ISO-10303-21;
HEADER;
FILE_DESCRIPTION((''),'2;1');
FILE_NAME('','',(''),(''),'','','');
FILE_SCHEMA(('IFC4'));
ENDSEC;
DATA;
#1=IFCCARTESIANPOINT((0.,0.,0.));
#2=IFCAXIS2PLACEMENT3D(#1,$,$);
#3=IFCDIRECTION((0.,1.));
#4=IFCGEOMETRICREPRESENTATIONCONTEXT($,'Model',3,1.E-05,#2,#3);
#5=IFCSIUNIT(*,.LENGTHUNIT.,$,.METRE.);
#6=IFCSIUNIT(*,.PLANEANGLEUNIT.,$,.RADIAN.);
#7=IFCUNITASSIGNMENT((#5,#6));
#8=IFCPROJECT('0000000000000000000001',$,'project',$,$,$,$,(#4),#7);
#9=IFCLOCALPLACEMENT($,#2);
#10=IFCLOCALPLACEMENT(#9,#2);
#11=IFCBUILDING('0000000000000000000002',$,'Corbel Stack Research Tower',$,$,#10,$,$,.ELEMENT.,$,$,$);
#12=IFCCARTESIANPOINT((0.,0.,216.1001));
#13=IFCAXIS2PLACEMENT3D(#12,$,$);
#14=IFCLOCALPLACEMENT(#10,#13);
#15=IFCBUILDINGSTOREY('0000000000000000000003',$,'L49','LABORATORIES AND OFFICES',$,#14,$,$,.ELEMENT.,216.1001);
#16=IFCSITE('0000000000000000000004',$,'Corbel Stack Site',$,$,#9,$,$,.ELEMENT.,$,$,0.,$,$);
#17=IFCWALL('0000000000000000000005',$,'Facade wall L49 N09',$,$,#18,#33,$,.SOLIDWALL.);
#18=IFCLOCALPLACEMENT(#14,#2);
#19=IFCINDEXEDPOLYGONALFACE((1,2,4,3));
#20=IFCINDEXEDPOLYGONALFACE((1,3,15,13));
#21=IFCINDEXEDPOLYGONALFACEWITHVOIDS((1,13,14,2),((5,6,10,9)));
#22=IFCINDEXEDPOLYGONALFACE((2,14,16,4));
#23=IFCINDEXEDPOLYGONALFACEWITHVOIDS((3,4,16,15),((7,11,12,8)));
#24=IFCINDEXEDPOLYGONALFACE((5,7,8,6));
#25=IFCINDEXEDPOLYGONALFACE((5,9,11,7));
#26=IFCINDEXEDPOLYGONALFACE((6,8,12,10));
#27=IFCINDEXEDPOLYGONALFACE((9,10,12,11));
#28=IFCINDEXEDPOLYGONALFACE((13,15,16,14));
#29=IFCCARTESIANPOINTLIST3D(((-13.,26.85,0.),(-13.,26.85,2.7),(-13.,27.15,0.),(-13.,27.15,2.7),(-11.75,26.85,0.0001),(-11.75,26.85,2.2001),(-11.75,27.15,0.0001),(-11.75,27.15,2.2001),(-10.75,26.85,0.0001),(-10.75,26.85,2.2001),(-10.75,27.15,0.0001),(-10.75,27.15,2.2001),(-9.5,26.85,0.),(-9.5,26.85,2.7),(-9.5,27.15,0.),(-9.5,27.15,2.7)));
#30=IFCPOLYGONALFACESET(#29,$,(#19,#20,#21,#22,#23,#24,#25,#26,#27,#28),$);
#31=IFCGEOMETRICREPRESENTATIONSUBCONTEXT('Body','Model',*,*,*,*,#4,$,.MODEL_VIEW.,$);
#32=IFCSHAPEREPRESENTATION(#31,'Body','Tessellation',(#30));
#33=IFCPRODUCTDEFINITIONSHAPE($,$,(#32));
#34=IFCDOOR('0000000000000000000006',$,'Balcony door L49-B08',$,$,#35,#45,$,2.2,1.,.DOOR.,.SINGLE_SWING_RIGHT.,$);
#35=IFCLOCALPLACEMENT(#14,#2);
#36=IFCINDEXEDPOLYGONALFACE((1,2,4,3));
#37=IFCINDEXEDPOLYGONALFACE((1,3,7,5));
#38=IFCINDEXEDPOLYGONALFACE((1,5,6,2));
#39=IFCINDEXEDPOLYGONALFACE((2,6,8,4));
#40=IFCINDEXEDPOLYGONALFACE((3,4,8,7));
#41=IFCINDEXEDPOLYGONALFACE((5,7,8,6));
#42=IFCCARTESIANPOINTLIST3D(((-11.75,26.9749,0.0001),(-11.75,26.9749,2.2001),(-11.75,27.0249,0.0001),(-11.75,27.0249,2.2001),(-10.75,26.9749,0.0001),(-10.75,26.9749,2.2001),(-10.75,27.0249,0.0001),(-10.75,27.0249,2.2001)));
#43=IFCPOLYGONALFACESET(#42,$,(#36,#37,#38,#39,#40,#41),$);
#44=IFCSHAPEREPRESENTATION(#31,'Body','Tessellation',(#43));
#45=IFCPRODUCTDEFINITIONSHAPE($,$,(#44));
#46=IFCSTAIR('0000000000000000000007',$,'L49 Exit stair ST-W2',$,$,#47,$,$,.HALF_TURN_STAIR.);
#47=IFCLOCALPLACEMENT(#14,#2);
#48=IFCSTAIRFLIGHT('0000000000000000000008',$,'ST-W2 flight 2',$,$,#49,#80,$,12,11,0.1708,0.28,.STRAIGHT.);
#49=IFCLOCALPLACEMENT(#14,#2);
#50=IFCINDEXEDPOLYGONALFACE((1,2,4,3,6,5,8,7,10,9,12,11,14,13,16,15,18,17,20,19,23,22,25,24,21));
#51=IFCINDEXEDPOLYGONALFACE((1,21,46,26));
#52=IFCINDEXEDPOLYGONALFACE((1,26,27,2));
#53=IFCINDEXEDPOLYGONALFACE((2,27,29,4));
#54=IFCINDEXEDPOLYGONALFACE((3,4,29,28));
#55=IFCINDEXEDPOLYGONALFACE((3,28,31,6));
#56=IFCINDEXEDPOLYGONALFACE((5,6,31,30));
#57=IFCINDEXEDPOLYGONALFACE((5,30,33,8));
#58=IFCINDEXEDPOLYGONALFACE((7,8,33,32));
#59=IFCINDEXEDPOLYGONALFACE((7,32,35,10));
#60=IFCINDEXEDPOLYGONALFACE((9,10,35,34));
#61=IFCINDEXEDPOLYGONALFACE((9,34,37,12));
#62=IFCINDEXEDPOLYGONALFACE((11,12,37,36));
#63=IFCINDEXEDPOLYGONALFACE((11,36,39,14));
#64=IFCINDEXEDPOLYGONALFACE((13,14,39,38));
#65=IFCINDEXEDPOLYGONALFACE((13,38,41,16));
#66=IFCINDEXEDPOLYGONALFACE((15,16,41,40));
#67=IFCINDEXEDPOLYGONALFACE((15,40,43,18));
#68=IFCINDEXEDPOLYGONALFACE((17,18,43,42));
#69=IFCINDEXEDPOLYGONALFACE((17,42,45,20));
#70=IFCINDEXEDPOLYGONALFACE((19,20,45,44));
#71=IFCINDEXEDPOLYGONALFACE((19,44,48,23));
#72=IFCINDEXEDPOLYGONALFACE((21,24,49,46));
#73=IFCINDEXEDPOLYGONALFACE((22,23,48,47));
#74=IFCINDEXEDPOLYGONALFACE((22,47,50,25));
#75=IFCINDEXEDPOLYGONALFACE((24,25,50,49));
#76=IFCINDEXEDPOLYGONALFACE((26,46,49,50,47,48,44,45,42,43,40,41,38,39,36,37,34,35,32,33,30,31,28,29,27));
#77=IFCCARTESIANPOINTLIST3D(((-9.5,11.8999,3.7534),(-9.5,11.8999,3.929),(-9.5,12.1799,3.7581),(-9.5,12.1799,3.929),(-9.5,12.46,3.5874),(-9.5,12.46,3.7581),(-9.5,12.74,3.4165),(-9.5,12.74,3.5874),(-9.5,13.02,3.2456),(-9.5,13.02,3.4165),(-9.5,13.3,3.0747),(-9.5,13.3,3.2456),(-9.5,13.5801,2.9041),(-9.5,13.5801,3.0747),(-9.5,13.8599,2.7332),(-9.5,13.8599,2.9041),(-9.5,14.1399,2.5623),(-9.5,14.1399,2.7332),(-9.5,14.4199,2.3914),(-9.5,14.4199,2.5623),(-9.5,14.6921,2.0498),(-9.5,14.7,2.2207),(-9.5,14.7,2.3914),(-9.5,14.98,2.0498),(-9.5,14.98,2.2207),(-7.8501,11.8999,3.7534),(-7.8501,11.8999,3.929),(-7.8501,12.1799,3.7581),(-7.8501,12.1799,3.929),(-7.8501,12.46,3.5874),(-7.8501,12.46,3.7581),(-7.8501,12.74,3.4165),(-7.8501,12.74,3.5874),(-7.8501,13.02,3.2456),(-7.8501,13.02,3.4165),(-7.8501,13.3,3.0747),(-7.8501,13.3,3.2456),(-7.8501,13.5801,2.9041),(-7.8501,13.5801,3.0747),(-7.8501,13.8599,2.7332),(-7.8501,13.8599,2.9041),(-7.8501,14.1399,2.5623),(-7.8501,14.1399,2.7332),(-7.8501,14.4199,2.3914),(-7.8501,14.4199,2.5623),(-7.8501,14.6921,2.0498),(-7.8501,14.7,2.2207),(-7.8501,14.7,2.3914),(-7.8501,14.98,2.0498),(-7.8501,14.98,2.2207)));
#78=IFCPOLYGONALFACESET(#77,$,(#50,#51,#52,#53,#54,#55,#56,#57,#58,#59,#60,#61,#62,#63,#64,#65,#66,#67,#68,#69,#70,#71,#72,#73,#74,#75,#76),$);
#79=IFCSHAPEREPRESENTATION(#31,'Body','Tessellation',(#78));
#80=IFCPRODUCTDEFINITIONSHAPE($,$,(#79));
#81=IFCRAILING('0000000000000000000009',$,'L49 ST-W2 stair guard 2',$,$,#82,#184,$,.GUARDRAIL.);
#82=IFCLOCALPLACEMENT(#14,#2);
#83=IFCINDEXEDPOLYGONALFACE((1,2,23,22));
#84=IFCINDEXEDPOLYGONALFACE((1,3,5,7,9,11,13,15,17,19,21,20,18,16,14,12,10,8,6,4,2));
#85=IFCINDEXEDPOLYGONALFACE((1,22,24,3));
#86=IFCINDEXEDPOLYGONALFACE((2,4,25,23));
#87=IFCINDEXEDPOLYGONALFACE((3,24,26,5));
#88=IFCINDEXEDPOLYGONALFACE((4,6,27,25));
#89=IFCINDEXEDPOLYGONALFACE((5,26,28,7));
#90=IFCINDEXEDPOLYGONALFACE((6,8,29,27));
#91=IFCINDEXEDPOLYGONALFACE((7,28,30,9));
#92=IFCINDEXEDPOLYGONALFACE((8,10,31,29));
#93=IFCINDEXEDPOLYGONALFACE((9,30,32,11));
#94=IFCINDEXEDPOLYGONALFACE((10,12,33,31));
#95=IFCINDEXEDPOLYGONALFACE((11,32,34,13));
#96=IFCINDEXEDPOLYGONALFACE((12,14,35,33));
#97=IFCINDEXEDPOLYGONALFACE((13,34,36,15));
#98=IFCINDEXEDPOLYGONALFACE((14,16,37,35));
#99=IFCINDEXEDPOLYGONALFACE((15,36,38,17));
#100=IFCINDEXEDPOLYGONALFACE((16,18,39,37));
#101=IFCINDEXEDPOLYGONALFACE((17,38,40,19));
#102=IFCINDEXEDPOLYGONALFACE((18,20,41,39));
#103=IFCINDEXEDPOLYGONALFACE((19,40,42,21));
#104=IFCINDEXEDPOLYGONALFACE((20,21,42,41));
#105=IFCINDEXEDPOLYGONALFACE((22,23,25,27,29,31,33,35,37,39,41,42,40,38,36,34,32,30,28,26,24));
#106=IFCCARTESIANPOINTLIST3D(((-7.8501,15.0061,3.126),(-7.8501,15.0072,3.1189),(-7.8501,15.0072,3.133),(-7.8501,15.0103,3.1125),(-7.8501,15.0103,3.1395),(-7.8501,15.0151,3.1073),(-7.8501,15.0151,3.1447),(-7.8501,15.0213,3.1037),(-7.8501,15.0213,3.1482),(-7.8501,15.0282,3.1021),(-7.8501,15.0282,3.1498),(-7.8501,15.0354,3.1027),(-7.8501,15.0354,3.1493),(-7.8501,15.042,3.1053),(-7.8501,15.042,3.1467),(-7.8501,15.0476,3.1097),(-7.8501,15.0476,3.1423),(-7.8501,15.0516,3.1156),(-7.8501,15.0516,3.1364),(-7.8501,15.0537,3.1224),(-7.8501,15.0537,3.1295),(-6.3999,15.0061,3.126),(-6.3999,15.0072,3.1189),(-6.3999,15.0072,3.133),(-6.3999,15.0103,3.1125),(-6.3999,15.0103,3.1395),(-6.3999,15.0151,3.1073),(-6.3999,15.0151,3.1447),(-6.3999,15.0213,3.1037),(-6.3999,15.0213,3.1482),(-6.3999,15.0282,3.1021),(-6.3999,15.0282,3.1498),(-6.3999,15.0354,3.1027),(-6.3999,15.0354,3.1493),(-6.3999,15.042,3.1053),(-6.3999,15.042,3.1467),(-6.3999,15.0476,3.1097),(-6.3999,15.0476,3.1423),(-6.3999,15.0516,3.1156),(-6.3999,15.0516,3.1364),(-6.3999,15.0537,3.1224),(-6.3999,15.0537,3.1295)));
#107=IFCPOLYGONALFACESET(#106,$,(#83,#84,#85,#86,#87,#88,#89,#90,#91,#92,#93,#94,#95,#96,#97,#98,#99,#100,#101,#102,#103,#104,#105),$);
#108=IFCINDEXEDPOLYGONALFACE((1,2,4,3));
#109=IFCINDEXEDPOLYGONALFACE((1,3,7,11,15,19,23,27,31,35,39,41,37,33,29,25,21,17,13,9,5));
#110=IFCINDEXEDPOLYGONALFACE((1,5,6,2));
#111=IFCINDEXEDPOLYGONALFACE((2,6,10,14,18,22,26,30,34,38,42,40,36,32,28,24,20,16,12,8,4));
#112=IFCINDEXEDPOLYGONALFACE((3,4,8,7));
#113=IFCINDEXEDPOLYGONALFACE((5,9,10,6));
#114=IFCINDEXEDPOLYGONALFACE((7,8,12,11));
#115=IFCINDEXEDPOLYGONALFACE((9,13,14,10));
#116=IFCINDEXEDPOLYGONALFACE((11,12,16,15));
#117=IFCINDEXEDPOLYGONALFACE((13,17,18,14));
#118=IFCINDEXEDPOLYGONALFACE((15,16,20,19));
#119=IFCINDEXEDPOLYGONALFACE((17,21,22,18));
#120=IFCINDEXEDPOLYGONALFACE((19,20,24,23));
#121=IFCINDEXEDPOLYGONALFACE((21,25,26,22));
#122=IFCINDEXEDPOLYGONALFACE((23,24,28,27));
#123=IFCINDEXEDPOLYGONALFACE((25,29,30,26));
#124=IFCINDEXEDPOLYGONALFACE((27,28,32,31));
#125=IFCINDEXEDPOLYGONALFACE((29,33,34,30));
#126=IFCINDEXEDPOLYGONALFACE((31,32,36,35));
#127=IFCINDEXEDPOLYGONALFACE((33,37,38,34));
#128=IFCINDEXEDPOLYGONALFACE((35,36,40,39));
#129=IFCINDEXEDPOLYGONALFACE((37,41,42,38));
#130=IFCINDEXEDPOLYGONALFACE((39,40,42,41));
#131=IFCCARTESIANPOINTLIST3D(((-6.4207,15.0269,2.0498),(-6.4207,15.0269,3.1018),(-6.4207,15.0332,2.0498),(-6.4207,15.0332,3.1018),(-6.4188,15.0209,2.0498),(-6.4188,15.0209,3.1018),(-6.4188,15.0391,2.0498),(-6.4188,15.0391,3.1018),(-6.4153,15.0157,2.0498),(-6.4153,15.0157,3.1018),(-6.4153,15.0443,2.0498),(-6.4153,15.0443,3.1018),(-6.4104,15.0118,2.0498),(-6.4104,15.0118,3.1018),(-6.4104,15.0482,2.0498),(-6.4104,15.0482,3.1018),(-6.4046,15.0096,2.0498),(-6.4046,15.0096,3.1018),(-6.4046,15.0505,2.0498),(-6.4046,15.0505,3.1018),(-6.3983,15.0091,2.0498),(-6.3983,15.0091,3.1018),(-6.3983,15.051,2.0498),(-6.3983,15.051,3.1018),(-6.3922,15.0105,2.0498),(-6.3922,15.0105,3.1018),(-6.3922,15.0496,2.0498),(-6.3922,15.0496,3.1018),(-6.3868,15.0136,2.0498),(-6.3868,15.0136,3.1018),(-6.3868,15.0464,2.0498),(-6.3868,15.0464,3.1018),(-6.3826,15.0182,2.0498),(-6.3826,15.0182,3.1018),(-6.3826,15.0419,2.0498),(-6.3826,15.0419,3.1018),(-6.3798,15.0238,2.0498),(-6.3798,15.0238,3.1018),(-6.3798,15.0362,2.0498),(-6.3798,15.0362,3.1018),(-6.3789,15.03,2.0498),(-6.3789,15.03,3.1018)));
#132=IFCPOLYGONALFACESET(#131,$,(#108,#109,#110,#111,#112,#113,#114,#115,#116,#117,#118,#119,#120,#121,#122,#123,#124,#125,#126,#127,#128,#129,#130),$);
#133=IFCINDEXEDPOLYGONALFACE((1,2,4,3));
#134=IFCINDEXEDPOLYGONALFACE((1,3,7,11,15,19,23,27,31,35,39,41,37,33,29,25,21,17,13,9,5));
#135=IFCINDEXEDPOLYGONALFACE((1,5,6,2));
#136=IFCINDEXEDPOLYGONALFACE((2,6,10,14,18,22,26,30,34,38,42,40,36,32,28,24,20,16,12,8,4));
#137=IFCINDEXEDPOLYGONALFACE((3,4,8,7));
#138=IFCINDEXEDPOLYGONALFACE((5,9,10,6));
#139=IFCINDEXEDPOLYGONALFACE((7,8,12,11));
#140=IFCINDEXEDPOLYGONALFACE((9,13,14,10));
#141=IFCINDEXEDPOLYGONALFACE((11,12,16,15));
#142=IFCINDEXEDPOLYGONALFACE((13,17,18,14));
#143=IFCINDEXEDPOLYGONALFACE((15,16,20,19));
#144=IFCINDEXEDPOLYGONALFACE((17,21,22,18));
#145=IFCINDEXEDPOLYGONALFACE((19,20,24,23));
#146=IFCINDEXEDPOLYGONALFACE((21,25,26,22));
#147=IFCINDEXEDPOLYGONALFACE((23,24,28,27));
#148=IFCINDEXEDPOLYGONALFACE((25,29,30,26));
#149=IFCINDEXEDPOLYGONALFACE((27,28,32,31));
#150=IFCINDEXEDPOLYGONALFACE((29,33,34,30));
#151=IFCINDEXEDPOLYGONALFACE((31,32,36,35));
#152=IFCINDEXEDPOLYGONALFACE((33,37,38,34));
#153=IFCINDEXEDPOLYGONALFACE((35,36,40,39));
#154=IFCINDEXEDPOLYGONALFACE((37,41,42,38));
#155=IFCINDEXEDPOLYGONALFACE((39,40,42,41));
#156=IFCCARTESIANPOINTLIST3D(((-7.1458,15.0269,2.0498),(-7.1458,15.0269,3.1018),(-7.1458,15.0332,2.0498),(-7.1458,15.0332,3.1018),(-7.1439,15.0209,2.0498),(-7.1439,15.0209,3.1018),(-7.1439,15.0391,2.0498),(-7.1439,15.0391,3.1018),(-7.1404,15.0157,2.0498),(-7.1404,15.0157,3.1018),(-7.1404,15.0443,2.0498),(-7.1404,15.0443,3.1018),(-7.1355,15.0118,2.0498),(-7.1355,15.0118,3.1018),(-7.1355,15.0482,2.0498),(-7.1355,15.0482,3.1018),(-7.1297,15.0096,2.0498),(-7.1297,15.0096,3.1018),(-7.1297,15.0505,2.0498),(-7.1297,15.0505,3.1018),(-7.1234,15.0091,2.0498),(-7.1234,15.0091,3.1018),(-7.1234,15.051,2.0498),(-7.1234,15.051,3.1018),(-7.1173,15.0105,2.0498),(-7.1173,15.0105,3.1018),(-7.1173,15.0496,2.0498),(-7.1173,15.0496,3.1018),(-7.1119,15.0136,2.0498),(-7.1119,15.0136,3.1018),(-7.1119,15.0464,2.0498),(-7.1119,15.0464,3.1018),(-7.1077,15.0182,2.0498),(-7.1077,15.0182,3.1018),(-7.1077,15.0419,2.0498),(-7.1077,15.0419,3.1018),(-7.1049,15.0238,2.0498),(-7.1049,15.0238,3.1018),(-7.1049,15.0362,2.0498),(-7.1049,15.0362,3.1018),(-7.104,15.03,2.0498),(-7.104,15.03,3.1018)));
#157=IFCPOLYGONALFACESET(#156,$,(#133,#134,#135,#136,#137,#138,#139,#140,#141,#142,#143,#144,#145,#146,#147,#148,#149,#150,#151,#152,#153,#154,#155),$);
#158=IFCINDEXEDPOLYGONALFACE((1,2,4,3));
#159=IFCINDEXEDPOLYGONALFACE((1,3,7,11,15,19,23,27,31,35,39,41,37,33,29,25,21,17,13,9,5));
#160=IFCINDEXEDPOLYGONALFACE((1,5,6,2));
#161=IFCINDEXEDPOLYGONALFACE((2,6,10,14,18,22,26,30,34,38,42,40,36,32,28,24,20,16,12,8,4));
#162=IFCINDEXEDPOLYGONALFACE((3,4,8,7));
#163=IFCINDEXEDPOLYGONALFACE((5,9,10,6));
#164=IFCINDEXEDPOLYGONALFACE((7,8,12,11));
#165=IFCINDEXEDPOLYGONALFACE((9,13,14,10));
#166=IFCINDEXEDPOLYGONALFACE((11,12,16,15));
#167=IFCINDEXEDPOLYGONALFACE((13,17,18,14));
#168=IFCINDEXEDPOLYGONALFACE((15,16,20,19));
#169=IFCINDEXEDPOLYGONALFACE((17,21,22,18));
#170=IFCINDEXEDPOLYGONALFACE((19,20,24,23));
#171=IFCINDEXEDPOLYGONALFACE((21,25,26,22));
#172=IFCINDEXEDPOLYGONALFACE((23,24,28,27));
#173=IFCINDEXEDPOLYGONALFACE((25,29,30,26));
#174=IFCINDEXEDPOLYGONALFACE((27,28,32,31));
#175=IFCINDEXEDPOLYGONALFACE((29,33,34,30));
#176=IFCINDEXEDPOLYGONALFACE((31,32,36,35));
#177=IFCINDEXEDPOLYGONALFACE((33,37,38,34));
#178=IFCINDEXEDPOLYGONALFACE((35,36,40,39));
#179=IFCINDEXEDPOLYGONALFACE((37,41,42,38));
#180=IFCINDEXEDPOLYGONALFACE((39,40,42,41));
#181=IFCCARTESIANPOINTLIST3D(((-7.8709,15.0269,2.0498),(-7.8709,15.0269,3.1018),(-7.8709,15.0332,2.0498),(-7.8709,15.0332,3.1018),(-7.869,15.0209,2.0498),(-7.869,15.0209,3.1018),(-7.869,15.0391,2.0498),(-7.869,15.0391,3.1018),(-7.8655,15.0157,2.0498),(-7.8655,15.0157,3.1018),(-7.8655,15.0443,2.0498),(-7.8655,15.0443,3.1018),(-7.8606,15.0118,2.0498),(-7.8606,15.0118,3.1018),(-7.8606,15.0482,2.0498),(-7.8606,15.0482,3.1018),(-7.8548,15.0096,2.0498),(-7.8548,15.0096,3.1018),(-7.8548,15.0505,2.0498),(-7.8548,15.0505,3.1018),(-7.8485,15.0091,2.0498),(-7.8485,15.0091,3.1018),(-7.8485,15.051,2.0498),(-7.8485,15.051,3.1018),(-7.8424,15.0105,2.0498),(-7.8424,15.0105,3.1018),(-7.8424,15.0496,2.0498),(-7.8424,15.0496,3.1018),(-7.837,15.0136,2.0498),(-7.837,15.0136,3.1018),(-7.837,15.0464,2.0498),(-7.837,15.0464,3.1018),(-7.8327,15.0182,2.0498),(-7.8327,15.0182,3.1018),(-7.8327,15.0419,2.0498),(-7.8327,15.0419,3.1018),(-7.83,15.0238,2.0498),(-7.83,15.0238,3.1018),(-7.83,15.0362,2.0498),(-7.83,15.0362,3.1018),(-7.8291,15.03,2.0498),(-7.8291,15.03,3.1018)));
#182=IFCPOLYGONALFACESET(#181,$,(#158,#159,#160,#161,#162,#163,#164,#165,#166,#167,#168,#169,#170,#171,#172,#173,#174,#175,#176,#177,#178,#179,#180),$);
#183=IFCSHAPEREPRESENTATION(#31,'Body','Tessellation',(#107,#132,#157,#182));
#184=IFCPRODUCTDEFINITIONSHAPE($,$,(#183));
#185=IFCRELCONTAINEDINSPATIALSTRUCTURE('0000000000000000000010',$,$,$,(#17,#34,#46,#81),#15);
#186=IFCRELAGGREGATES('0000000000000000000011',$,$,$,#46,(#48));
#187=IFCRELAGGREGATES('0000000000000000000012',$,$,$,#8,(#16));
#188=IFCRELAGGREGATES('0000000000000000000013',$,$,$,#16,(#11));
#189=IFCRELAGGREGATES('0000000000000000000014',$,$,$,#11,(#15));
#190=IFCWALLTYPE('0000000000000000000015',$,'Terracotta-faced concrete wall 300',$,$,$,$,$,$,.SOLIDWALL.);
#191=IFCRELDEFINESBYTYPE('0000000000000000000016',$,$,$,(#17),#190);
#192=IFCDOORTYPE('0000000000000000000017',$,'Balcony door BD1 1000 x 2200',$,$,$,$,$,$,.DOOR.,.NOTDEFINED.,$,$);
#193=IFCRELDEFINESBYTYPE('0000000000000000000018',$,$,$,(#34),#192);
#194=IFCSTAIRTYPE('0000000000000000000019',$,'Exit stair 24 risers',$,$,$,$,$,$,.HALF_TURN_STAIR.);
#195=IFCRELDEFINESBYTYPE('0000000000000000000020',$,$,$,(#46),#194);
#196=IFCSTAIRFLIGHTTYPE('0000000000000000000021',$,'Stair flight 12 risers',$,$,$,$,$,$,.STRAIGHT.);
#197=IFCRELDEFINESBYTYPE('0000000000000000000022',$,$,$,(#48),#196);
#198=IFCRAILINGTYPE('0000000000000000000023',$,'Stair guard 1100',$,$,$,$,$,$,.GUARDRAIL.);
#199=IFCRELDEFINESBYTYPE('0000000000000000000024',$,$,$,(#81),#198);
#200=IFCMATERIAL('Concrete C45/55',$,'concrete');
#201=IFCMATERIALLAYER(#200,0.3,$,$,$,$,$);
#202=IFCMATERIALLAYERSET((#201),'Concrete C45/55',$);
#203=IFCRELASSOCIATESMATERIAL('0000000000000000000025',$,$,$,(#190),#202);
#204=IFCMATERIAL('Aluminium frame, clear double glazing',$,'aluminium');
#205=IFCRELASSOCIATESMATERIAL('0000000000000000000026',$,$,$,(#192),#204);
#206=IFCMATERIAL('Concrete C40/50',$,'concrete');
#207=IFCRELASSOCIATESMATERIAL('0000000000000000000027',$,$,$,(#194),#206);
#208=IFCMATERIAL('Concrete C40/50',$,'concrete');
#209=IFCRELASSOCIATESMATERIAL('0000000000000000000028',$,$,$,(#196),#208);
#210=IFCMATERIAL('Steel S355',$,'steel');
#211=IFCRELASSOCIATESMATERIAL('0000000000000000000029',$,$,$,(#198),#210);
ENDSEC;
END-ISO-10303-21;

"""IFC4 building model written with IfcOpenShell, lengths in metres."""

from ifc_helpers import new_model, si_unit, direction, frame, frame_2d, origin, origin_2d, place, context, subcontext, project, spatial, polyline, rectangle, circle, outline, extrude, material, layer, layer_set, type_object, element, fill, aggregate, save


model = new_model("IFC4")

# Units and contexts
model_context = context("Model", 3, precision=1e-05, world=origin(), true_north=direction((0.0, 1.0)))
body_context = subcontext(model_context, "Body", "Model", "MODEL_VIEW")
ifc_project = project(units=[si_unit("LENGTHUNIT", "METRE"), si_unit("PLANEANGLEUNIT", "RADIAN")], contexts=[model_context])

# Site, building, storey
site_placement = place(None, origin())
site = spatial("IfcSite", under=ifc_project, at=site_placement, Name="Corbel Stack Site", CompositionType="ELEMENT", RefElevation=0.0)
building_placement = place(site_placement, origin())
building = spatial("IfcBuilding", under=site, at=building_placement, Name="Corbel Stack Research Tower", CompositionType="ELEMENT")
storey_placement = place(building_placement, frame((0.0, 0.0, 216.1001)))
storey = spatial("IfcBuildingStorey", under=building, at=storey_placement, Name="L49", Description="LABORATORIES AND OFFICES", CompositionType="ELEMENT", Elevation=216.1001)

# Shared definitions
ifc_material_1 = material(Name="Concrete C45/55", Category="concrete")
ifc_layer_1 = layer(ifc_material_1, 0.3)
ifc_layer_set_1 = layer_set([ifc_layer_1], Name="Concrete C45/55")
wall_type_1 = type_object("IfcWallType", Name="Terracotta-faced concrete wall 300", PredefinedType="SOLIDWALL", material=ifc_layer_set_1)

# Wall, opening, door
wall_1_placement = place(storey_placement, frame((-13.0, 27.0, 0.0), z_axis=(0.0, 0.0, 1.0), x_axis=(1.0, 0.0, 0.0)))
wall_1 = element("IfcWall", 1, at=wall_1_placement, inside=storey, type_object=wall_type_1, Name="Facade wall L49 N09", PredefinedType="SOLIDWALL", context=body_context, shape_type="SweptSolid", body=[
    extrude(rectangle(XDim=3.5, YDim=0.3, at=frame_2d((1.75, 0.0))), origin(), (0.0, 0.0, 1.0), 2.7),
])
opening_1_placement = place(wall_1_placement, frame((1.25, 0.0, 0.0)))
opening_1 = element("IfcOpeningElement", 2, at=opening_1_placement, cuts=wall_1, PredefinedType="OPENING", context=body_context, shape_type="SweptSolid", body=[
    extrude(rectangle(XDim=1.0, YDim=2.2, at=frame_2d((0.5, 1.1001))), frame((0.0, 0.1599, 0.0), z_axis=(0.0, -1.0, 0.0), x_axis=(1.0, 0.0, 0.0)), (0.0, 0.0, 1.0), 0.3201),
])
ifc_material_2 = material(Name="Aluminium frame, clear double glazing", Category="aluminium")
door_type_1 = type_object("IfcDoorType", Name="Balcony door BD1 1000 x 2200", OperationType="NOTDEFINED", PredefinedType="DOOR", material=ifc_material_2)
door_1_placement = place(opening_1_placement, origin())
door_1 = element("IfcDoor", 3, at=door_1_placement, inside=storey, type_object=door_type_1, Name="Balcony door L49-B08", OperationType="SINGLE_SWING_RIGHT", OverallHeight=2.2, OverallWidth=1.0, PredefinedType="DOOR", context=body_context, shape_type="SweptSolid", body=[
    extrude(rectangle(XDim=1.0, YDim=2.2, at=frame_2d((0.5, 1.1001))), frame((0.0, 0.0249, 0.0), z_axis=(0.0, -1.0, 0.0), x_axis=(1.0, 0.0, 0.0)), (0.0, 0.0, 1.0), 0.05),
])
fill(opening_1, door_1)

# Stair, stair flight
ifc_material_3 = material(Name="Concrete C40/50", Category="concrete")
stair_type = type_object("IfcStairType", Name="Exit stair 24 risers", PredefinedType="HALF_TURN_STAIR", material=ifc_material_3)
stair_placement = place(storey_placement, origin())
stair = element("IfcStair", 4, at=stair_placement, inside=storey, type_object=stair_type, Name="L49 Exit stair ST-W2", PredefinedType="HALF_TURN_STAIR")
ifc_material_4 = material(Name="Concrete C40/50", Category="concrete")
stair_flight_type = type_object("IfcStairFlightType", Name="Stair flight 12 risers", PredefinedType="STRAIGHT", material=ifc_material_4)
stair_flight_placement = place(storey_placement, frame((-8.675, 14.98, 2.0498), z_axis=(0.0, 0.0, 1.0), x_axis=(0.0, -1.0, 0.0)))
stair_flight = element("IfcStairFlight", 5, at=stair_flight_placement, type_object=stair_flight_type, Name="ST-W2 flight 2", NumberOfRisers=12, NumberOfTreads=11, PredefinedType="STRAIGHT", RiserHeight=0.1708, TreadLength=0.28, context=body_context, shape_type="SweptSolid", body=[
    extrude(outline(polyline([(0.0, 0.0), (0.0, 0.1709), (0.28, 0.1709), (0.28, 0.3416), (0.5601, 0.3416), (0.5601, 0.5125), (0.8401, 0.5125), (0.8401, 0.6833), (1.1201, 0.6833), (1.1201, 0.8542), (1.3999, 0.8542), (1.3999, 1.0249), (1.6799, 1.0249), (1.6799, 1.1958), (1.96, 1.1958), (1.96, 1.3667), (2.24, 1.3667), (2.24, 1.5376), (2.52, 1.5376), (2.52, 1.7083), (2.8, 1.7083), (2.8, 1.8792), (3.0801, 1.8792), (3.0801, 2.05), (3.0801, 1.7036), (0.2878, 0.0), (0.0, 0.0)])), frame((0.0, 0.825, 0.0), z_axis=(0.0, -1.0, 0.0), x_axis=(1.0, 0.0, 0.0)), (0.0, 0.0, 1.0), 1.6499),
])
aggregate(stair, [stair_flight])

# Railing
ifc_material_5 = material(Name="Steel S355", Category="steel")
railing_type_1 = type_object("IfcRailingType", Name="Stair guard 1100", PredefinedType="GUARDRAIL", material=ifc_material_5)
railing_1_placement = place(storey_placement, frame((-6.3999, 15.03, 2.0498)))
element("IfcRailing", 6, at=railing_1_placement, inside=storey, type_object=railing_type_1, Name="L49 ST-W2 stair guard 2", PredefinedType="GUARDRAIL", context=body_context, shape_type="SweptSolid", body=[
    extrude(circle(Radius=0.0239, at=origin_2d()), frame((0.0, 0.0, 1.0762), z_axis=(-1.0, 0.0, 0.0), x_axis=(0.0, -1.0, 0.0)), (0.0, 0.0, 1.0), 1.4502),
    extrude(circle(Radius=0.021, at=origin_2d()), origin(), (0.0, 0.0, 1.0), 1.052),
    extrude(circle(Radius=0.021, at=origin_2d()), frame((-0.7251, 0.0, 0.0)), (0.0, 0.0, 1.0), 1.052),
    extrude(circle(Radius=0.021, at=origin_2d()), frame((-1.4502, 0.0, 0.0)), (0.0, 0.0, 1.0), 1.052),
])

save(model, "model.ifc")
